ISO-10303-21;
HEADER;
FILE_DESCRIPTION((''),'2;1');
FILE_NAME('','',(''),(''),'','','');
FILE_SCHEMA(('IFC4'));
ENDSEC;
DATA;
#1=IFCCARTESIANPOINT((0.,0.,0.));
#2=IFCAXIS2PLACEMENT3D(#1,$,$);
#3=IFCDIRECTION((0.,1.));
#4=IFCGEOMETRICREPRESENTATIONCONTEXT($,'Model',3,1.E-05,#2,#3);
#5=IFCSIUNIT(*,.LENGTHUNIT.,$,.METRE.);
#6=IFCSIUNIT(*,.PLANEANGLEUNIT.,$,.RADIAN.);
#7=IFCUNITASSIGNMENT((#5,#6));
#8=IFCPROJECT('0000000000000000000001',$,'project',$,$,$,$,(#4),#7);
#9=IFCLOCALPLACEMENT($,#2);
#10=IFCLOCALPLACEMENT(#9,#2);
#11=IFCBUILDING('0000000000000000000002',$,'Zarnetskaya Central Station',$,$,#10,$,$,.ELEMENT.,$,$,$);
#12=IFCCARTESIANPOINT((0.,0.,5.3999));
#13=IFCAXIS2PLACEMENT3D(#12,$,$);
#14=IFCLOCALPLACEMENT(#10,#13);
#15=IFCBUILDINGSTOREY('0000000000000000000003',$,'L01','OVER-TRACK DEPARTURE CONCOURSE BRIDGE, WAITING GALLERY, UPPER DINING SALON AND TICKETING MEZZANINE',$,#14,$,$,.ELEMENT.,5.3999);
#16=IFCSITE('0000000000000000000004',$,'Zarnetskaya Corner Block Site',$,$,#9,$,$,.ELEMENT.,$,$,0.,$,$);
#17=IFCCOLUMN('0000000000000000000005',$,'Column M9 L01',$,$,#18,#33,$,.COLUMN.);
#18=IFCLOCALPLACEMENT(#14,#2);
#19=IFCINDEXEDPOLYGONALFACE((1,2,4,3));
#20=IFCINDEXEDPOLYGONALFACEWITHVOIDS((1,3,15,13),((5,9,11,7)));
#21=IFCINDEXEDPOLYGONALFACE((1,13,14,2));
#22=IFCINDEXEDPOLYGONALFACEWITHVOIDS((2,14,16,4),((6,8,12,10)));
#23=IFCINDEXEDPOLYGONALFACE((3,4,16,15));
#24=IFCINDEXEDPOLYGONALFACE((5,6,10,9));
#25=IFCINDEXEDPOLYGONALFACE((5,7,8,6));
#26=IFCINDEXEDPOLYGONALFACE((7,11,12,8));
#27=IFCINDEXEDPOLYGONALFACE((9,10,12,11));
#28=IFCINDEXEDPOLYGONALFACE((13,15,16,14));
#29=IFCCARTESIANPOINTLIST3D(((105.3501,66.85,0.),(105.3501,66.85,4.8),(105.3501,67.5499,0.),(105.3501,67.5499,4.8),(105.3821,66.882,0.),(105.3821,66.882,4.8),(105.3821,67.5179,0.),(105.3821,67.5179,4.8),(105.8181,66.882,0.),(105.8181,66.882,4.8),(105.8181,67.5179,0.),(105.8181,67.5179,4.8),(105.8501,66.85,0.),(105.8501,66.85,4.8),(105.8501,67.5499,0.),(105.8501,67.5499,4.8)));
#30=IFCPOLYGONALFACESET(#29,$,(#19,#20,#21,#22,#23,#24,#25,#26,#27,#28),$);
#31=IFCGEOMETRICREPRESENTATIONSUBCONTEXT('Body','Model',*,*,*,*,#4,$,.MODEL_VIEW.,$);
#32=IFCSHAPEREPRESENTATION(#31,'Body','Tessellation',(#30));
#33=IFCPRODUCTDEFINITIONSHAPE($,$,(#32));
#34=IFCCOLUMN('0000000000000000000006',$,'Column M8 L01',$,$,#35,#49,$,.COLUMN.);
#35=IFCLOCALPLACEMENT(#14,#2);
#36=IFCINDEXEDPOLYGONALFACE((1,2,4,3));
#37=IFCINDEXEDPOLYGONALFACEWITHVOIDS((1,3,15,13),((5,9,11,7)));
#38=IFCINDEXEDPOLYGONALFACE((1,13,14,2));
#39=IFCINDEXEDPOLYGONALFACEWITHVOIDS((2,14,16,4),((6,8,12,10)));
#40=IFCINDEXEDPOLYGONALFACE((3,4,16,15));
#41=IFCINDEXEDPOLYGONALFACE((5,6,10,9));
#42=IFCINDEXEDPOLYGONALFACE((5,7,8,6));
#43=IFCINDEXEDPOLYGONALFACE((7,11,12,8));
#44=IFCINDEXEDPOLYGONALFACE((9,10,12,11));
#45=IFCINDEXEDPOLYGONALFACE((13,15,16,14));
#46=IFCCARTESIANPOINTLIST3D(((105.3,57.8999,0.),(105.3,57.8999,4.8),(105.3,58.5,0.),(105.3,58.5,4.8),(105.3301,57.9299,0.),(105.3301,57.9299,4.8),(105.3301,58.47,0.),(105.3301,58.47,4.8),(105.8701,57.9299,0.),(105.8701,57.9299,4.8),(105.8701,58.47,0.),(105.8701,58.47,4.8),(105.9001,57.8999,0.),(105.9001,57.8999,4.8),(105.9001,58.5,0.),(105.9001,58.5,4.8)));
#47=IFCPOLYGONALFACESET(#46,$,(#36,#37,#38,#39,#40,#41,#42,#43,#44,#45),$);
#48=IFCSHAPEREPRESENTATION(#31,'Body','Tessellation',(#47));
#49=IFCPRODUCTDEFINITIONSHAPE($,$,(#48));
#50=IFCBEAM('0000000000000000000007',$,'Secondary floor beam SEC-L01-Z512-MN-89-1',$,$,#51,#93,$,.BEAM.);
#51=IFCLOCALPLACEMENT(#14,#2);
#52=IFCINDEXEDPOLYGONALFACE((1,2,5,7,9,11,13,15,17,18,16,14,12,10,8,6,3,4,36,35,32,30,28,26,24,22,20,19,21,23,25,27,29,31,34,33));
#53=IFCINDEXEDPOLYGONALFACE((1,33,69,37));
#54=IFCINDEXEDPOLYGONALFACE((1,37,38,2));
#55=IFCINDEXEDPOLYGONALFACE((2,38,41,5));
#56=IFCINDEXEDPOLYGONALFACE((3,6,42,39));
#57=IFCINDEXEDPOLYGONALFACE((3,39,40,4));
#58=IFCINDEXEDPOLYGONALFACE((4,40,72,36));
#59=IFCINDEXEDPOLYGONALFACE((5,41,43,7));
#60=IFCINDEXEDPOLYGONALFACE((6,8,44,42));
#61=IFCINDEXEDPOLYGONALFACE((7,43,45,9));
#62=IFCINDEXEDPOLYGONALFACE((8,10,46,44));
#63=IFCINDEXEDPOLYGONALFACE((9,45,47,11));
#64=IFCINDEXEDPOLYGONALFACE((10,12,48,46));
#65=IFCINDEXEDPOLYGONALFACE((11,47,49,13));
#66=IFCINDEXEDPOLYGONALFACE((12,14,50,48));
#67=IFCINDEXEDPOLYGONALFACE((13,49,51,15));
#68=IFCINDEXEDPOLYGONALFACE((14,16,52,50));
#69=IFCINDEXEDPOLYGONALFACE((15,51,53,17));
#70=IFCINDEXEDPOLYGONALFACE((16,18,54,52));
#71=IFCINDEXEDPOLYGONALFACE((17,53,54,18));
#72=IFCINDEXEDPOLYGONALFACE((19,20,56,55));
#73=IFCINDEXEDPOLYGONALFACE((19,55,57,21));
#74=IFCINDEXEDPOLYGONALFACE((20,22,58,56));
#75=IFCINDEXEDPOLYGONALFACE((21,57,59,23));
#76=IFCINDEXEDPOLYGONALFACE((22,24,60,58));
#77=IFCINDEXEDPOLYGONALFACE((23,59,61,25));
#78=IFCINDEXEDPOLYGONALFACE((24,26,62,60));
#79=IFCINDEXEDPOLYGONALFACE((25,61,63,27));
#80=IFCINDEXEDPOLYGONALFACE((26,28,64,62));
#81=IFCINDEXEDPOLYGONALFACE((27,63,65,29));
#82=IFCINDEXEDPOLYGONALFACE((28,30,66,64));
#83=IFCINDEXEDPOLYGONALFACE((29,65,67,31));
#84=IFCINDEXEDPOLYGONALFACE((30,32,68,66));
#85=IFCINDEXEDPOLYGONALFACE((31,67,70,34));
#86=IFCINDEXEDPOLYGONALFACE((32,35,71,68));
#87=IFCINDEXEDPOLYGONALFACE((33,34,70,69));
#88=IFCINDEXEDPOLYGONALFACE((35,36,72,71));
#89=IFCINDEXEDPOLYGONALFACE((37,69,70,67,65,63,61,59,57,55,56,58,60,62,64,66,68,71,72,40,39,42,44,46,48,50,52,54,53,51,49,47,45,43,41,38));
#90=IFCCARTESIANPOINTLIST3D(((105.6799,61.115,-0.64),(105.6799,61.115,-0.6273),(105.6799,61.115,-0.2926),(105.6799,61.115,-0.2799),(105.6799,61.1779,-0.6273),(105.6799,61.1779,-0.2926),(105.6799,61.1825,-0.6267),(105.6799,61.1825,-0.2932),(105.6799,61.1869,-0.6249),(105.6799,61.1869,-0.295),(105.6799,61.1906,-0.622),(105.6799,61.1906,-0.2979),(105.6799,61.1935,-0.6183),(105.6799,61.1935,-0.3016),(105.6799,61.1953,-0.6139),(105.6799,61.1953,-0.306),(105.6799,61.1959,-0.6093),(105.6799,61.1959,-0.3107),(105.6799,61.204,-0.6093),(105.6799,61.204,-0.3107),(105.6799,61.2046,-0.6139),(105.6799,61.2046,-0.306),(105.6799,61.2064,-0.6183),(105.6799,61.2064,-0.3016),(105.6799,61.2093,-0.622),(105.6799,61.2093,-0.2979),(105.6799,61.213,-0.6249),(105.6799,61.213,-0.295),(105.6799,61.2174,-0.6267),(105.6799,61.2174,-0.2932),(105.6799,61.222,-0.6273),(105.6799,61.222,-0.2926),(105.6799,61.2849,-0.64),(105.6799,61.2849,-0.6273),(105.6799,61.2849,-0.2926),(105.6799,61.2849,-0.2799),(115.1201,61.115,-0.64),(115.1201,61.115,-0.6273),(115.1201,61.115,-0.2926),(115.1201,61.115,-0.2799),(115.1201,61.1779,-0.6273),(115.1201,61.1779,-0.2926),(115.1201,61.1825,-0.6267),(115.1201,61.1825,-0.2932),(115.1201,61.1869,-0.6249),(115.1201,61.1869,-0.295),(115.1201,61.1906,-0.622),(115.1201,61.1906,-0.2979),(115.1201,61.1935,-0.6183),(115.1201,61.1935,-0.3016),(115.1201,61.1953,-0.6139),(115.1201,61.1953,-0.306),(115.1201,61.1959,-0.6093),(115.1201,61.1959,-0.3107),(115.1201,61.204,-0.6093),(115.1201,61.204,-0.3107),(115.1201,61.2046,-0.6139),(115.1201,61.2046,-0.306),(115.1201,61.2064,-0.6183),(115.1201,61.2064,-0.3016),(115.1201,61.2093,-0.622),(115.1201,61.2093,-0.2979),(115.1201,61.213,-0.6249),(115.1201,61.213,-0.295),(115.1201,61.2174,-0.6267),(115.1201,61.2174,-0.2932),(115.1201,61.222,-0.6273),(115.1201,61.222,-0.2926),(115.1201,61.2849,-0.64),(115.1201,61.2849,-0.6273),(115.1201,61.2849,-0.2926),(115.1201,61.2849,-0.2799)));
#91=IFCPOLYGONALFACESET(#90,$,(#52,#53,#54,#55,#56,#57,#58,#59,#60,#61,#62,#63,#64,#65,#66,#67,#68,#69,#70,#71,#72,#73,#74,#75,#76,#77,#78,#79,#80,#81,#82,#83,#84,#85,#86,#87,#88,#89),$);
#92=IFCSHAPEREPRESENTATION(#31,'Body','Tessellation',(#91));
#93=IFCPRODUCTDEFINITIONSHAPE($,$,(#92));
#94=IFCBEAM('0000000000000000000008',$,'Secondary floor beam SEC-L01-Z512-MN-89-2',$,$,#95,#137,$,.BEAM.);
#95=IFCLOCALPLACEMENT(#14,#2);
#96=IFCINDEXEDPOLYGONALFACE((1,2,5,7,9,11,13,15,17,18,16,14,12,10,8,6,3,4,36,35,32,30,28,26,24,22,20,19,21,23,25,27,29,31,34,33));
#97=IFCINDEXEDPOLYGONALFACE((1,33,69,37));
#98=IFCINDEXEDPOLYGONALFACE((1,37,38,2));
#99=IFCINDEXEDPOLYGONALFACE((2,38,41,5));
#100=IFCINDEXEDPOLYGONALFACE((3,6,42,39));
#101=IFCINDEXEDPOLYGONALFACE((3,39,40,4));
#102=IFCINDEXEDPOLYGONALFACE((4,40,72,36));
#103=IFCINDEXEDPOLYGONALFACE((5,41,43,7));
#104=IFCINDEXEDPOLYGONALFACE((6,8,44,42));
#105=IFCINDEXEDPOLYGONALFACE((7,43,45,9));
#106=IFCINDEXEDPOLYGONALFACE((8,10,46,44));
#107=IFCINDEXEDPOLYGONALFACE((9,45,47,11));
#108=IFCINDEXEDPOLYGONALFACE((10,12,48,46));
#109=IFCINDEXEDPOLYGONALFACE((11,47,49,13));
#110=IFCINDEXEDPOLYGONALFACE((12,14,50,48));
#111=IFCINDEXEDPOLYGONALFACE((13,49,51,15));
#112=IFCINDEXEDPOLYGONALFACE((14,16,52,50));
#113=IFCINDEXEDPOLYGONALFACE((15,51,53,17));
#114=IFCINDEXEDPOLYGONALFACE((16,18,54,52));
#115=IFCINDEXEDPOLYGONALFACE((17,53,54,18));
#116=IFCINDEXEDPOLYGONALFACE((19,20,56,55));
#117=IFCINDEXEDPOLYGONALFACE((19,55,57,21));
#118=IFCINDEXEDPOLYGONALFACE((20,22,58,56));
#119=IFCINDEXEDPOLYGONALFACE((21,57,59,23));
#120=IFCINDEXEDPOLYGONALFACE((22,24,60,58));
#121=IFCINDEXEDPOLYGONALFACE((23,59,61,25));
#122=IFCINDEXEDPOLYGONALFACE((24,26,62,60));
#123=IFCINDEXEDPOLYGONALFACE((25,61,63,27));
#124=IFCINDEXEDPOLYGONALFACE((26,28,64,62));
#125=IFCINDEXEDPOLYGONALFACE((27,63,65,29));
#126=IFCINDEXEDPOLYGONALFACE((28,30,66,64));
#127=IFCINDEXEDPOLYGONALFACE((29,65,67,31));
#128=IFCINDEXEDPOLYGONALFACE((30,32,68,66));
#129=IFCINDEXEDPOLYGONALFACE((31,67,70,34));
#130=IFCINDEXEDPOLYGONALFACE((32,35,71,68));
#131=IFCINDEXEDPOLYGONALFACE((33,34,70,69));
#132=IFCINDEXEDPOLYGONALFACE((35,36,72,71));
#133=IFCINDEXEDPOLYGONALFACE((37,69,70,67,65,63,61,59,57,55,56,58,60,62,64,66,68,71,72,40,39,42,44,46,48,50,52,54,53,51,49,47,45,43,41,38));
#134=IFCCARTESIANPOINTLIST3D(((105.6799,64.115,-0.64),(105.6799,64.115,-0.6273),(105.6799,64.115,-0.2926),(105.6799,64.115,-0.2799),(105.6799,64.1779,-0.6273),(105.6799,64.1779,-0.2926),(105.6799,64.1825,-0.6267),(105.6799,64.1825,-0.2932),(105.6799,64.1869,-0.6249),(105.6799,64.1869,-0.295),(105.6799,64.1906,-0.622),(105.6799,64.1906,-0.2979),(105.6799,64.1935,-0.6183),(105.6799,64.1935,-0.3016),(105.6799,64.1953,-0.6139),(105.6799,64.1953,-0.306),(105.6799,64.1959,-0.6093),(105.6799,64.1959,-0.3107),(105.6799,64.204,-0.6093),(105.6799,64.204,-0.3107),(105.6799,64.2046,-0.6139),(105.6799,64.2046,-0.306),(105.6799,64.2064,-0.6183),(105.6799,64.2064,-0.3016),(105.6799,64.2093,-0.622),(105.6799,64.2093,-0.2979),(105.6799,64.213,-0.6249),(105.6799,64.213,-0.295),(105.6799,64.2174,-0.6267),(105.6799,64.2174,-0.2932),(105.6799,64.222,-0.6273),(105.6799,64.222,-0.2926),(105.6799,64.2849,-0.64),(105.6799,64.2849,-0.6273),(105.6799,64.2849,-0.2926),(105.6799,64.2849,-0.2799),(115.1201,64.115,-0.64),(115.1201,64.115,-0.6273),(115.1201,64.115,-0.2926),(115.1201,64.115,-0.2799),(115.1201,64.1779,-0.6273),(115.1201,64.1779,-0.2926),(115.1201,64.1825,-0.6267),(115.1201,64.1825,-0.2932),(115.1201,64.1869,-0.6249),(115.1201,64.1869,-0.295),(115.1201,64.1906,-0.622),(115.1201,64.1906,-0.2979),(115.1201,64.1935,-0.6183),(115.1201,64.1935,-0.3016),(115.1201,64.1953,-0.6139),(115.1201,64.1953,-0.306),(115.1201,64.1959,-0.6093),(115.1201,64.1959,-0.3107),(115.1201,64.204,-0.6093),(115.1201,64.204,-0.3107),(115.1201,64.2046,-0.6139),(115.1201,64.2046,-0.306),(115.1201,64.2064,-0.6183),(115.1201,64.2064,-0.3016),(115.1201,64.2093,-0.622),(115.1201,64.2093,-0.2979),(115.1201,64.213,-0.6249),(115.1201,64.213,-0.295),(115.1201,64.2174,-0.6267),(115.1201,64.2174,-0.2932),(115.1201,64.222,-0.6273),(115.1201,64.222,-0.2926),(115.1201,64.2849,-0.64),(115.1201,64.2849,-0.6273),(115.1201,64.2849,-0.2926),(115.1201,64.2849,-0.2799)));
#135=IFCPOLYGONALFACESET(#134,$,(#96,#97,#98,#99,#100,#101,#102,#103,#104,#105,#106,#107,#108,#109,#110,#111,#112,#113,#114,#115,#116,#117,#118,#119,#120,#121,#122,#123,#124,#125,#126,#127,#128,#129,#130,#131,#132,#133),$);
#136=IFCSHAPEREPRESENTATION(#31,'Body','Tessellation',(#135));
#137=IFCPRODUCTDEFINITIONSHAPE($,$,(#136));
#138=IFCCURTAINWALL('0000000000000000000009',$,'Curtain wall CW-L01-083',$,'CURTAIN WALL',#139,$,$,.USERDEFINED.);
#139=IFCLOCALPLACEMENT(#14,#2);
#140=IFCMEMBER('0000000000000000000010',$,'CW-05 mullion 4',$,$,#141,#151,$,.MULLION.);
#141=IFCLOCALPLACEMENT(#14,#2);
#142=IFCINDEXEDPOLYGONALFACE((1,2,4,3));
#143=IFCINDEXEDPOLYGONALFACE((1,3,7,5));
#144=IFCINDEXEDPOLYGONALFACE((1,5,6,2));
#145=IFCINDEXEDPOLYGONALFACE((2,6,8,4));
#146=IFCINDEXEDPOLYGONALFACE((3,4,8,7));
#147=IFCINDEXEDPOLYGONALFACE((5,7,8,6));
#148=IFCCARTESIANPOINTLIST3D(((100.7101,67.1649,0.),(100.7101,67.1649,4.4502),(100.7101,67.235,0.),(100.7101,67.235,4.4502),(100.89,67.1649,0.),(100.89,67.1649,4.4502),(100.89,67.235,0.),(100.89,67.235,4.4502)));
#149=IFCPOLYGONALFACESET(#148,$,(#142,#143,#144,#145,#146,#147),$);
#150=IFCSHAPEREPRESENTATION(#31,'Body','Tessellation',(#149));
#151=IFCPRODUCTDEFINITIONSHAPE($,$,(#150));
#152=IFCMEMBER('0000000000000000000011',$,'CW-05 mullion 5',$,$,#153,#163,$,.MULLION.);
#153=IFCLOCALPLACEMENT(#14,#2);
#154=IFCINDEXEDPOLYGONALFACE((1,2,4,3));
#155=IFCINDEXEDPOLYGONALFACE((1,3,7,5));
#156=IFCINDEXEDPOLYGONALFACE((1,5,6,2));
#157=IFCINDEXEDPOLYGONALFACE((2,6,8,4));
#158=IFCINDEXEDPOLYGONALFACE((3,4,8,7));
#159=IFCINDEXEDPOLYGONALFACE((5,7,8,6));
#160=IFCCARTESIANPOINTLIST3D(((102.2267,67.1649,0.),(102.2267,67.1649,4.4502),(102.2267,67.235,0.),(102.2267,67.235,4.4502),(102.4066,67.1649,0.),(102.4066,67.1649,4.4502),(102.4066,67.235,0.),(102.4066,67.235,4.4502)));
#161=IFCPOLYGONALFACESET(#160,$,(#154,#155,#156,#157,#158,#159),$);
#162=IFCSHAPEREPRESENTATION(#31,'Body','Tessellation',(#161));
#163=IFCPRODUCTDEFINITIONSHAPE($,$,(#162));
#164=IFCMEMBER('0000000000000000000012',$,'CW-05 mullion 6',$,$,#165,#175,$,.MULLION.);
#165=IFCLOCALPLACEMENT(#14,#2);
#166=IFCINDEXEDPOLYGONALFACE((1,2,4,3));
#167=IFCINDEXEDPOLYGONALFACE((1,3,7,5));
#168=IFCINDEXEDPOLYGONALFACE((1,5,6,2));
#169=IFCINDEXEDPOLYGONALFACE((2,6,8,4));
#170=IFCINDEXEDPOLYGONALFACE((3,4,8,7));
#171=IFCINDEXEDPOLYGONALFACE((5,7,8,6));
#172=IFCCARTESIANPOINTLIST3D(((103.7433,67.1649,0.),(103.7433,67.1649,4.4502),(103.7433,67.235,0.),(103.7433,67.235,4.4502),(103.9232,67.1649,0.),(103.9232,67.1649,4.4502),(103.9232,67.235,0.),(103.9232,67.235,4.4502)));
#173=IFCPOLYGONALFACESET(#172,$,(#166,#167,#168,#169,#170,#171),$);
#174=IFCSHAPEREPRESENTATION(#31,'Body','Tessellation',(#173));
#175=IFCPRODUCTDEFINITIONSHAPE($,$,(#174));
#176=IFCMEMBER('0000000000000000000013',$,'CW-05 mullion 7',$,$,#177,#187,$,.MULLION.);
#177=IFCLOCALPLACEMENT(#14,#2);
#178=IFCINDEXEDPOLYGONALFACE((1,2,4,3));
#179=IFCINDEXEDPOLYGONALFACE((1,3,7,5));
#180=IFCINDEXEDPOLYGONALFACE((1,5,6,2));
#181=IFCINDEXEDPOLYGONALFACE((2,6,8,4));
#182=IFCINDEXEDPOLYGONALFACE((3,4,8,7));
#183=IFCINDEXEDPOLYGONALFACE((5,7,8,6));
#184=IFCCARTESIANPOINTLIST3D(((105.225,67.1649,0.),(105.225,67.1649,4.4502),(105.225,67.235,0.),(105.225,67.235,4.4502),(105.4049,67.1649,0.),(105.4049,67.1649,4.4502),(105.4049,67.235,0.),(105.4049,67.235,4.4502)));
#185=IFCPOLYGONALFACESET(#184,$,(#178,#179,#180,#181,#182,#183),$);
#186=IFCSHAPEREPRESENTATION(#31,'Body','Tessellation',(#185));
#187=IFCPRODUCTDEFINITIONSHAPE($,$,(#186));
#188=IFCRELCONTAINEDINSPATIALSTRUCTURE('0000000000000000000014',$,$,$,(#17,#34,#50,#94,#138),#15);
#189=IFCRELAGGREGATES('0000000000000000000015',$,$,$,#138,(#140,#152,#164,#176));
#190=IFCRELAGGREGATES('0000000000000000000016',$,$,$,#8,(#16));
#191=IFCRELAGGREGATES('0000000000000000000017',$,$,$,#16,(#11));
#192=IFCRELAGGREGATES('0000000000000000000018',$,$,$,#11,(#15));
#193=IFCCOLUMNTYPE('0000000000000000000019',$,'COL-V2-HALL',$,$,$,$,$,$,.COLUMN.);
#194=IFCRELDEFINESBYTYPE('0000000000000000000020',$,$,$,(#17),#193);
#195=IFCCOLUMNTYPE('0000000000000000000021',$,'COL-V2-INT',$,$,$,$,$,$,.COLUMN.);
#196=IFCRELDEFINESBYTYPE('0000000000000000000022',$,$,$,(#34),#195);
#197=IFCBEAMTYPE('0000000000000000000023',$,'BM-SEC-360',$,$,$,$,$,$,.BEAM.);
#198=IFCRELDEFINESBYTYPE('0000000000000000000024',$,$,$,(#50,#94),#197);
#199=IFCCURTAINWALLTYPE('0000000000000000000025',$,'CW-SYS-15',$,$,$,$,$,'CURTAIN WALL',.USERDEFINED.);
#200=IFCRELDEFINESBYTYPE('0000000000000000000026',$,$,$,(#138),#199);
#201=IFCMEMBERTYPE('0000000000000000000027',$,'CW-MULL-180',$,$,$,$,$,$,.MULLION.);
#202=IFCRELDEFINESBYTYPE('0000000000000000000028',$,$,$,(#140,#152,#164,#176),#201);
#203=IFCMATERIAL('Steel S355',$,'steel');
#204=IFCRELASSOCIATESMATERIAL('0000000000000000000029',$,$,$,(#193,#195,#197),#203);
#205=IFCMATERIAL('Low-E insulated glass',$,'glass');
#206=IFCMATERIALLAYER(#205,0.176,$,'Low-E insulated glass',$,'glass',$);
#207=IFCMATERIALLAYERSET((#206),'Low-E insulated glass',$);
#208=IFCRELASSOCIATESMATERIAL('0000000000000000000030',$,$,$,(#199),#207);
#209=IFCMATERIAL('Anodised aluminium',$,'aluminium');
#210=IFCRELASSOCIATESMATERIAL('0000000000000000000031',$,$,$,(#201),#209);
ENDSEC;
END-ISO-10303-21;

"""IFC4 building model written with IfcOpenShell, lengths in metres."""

from ifc_helpers import new_model, si_unit, direction, frame, origin, origin_2d, place, context, subcontext, project, spatial, rectangle, hollow_rectangle, i_section, extrude, material, layer, layer_set, material_profile, profile_set, type_object, element, aggregate, save


model = new_model("IFC4")

# Units and contexts
model_context = context("Model", 3, precision=1e-05, world=origin(), true_north=direction((0.0, 1.0)))
body_context = subcontext(model_context, "Body", "Model", "MODEL_VIEW")
ifc_project = project(units=[si_unit("LENGTHUNIT", "METRE"), si_unit("PLANEANGLEUNIT", "RADIAN")], contexts=[model_context])

# Site, building, storey
site_placement = place(None, origin())
site = spatial("IfcSite", under=ifc_project, at=site_placement, Name="Zarnetskaya Corner Block Site", CompositionType="ELEMENT", RefElevation=0.0)
building_placement = place(site_placement, origin())
building = spatial("IfcBuilding", under=site, at=building_placement, Name="Zarnetskaya Central Station", CompositionType="ELEMENT")
storey_placement = place(building_placement, frame((0.0, 0.0, 5.3999)))
storey = spatial("IfcBuildingStorey", under=building, at=storey_placement, Name="L01", Description="OVER-TRACK DEPARTURE CONCOURSE BRIDGE, WAITING GALLERY, UPPER DINING SALON AND TICKETING MEZZANINE", CompositionType="ELEMENT", Elevation=5.3999)

# Columns
ifc_material_1 = material(Name="Steel S355", Category="steel")
ifc_material_profile_1 = material_profile(ifc_material_1, hollow_rectangle(XDim=0.5, YDim=0.7, WallThickness=0.032, at=origin_2d()), Name="BOX 700x500x32")
ifc_profile_set_1 = profile_set([ifc_material_profile_1], Name="Steel S355")
column_type_1 = type_object("IfcColumnType", Name="COL-V2-HALL", PredefinedType="COLUMN", material=ifc_profile_set_1)
column_1_placement = place(storey_placement, frame((105.6001, 67.2, 0.0), z_axis=(0.0, 0.0, 1.0), x_axis=(1.0, 0.0, 0.0)))
element("IfcColumn", 1, at=column_1_placement, inside=storey, type_object=column_type_1, Name="Column M9 L01", PredefinedType="COLUMN", context=body_context, shape_type="SweptSolid", body=[
    extrude(hollow_rectangle(XDim=0.5, YDim=0.7, WallThickness=0.032, at=origin_2d()), origin(), (0.0, 0.0, 1.0), 4.8),
])
ifc_material_profile_2 = material_profile(ifc_material_1, hollow_rectangle(XDim=0.6001, YDim=0.6001, WallThickness=0.03, at=origin_2d()), Name="BOX 600x600x30")
ifc_profile_set_2 = profile_set([ifc_material_profile_2], Name="Steel S355")
column_type_2 = type_object("IfcColumnType", Name="COL-V2-INT", PredefinedType="COLUMN", material=ifc_profile_set_2)
column_2_placement = place(storey_placement, frame((105.6001, 58.2, 0.0), z_axis=(0.0, 0.0, 1.0), x_axis=(1.0, 0.0, 0.0)))
element("IfcColumn", 2, at=column_2_placement, inside=storey, type_object=column_type_2, Name="Column M8 L01", PredefinedType="COLUMN", context=body_context, shape_type="SweptSolid", body=[
    extrude(hollow_rectangle(XDim=0.6001, YDim=0.6001, WallThickness=0.03, at=origin_2d()), origin(), (0.0, 0.0, 1.0), 4.8),
])

# Beams
ifc_material_profile_3 = material_profile(ifc_material_1, i_section(OverallWidth=0.1699, OverallDepth=0.3601, WebThickness=0.0081, FlangeThickness=0.0127, FilletRadius=0.0181, at=origin_2d()), Name="IPE 360")
ifc_profile_set_3 = profile_set([ifc_material_profile_3], Name="Steel S355")
beam_type_1 = type_object("IfcBeamType", Name="BM-SEC-360", PredefinedType="BEAM", material=ifc_profile_set_3)
for number, where, z_axis, x_axis, name in (
    (3, (105.6799, 61.2, -0.46), (1.0, 0.0, 0.0), (0.0, 1.0, 0.0), "Secondary floor beam SEC-L01-Z512-MN-89-1"),
    (4, (105.6799, 64.2, -0.46), (1.0, 0.0, 0.0), (0.0, 1.0, 0.0), "Secondary floor beam SEC-L01-Z512-MN-89-2"),
):
    element("IfcBeam", number, at=place(storey_placement, frame(where, z_axis=z_axis, x_axis=x_axis)), inside=storey, type_object=beam_type_1, Name=name, PredefinedType="BEAM", context=body_context, shape_type="SweptSolid", body=[
        extrude(i_section(OverallWidth=0.1699, OverallDepth=0.3601, WebThickness=0.0081, FlangeThickness=0.0127, FilletRadius=0.0181, at=origin_2d()), origin(), (0.0, 0.0, 1.0), 9.4402),
    ])

# Curtain wall, members
ifc_material_2 = material(Name="Low-E insulated glass", Category="glass")
ifc_layer_1 = layer(ifc_material_2, 0.176, Name="Low-E insulated glass", Category="glass")
ifc_layer_set_1 = layer_set([ifc_layer_1], Name="Low-E insulated glass")
curtain_wall_type_1 = type_object("IfcCurtainWallType", Name="CW-SYS-15", ElementType="CURTAIN WALL", PredefinedType="USERDEFINED", material=ifc_layer_set_1)
curtain_wall_1_placement = place(storey_placement, origin())
curtain_wall_1 = element("IfcCurtainWall", 5, at=curtain_wall_1_placement, inside=storey, type_object=curtain_wall_type_1, Name="Curtain wall CW-L01-083", ObjectType="CURTAIN WALL", PredefinedType="USERDEFINED")
ifc_material_3 = material(Name="Anodised aluminium", Category="aluminium")
ifc_material_profile_4 = material_profile(ifc_material_3, rectangle(XDim=0.0701, YDim=0.1799, at=origin_2d()), Name="ALU MULL 70x180")
ifc_profile_set_4 = profile_set([ifc_material_profile_4], Name="Anodised aluminium")
member_type_1 = type_object("IfcMemberType", Name="CW-MULL-180", PredefinedType="MULLION", material=ifc_profile_set_4)
member_1_placement = place(storey_placement, frame((100.8, 67.2, 0.0), z_axis=(0.0, 0.0, 1.0), x_axis=(0.0, 1.0, 0.0)))
member_1 = element("IfcMember", 6, at=member_1_placement, type_object=member_type_1, Name="CW-05 mullion 4", PredefinedType="MULLION", context=body_context, shape_type="SweptSolid", body=[
    extrude(rectangle(XDim=0.0701, YDim=0.1799, at=origin_2d()), origin(), (0.0, 0.0, 1.0), 4.4502),
])
member_2_placement = place(storey_placement, frame((102.3167, 67.2, 0.0), z_axis=(0.0, 0.0, 1.0), x_axis=(0.0, 1.0, 0.0)))
member_2 = element("IfcMember", 7, at=member_2_placement, type_object=member_type_1, Name="CW-05 mullion 5", PredefinedType="MULLION", context=body_context, shape_type="SweptSolid", body=[
    extrude(rectangle(XDim=0.0701, YDim=0.1799, at=origin_2d()), origin(), (0.0, 0.0, 1.0), 4.4502),
])
member_3_placement = place(storey_placement, frame((103.8333, 67.2, 0.0), z_axis=(0.0, 0.0, 1.0), x_axis=(0.0, 1.0, 0.0)))
member_3 = element("IfcMember", 8, at=member_3_placement, type_object=member_type_1, Name="CW-05 mullion 6", PredefinedType="MULLION", context=body_context, shape_type="SweptSolid", body=[
    extrude(rectangle(XDim=0.0701, YDim=0.1799, at=origin_2d()), origin(), (0.0, 0.0, 1.0), 4.4502),
])
member_4_placement = place(storey_placement, frame((105.3149, 67.2, 0.0), z_axis=(0.0, 0.0, 1.0), x_axis=(0.0, 1.0, 0.0)))
member_4 = element("IfcMember", 9, at=member_4_placement, type_object=member_type_1, Name="CW-05 mullion 7", PredefinedType="MULLION", context=body_context, shape_type="SweptSolid", body=[
    extrude(rectangle(XDim=0.0701, YDim=0.1799, at=origin_2d()), origin(), (0.0, 0.0, 1.0), 4.4502),
])

aggregate(curtain_wall_1, [member_1, member_2, member_3, member_4])

save(model, "model.ifc")
